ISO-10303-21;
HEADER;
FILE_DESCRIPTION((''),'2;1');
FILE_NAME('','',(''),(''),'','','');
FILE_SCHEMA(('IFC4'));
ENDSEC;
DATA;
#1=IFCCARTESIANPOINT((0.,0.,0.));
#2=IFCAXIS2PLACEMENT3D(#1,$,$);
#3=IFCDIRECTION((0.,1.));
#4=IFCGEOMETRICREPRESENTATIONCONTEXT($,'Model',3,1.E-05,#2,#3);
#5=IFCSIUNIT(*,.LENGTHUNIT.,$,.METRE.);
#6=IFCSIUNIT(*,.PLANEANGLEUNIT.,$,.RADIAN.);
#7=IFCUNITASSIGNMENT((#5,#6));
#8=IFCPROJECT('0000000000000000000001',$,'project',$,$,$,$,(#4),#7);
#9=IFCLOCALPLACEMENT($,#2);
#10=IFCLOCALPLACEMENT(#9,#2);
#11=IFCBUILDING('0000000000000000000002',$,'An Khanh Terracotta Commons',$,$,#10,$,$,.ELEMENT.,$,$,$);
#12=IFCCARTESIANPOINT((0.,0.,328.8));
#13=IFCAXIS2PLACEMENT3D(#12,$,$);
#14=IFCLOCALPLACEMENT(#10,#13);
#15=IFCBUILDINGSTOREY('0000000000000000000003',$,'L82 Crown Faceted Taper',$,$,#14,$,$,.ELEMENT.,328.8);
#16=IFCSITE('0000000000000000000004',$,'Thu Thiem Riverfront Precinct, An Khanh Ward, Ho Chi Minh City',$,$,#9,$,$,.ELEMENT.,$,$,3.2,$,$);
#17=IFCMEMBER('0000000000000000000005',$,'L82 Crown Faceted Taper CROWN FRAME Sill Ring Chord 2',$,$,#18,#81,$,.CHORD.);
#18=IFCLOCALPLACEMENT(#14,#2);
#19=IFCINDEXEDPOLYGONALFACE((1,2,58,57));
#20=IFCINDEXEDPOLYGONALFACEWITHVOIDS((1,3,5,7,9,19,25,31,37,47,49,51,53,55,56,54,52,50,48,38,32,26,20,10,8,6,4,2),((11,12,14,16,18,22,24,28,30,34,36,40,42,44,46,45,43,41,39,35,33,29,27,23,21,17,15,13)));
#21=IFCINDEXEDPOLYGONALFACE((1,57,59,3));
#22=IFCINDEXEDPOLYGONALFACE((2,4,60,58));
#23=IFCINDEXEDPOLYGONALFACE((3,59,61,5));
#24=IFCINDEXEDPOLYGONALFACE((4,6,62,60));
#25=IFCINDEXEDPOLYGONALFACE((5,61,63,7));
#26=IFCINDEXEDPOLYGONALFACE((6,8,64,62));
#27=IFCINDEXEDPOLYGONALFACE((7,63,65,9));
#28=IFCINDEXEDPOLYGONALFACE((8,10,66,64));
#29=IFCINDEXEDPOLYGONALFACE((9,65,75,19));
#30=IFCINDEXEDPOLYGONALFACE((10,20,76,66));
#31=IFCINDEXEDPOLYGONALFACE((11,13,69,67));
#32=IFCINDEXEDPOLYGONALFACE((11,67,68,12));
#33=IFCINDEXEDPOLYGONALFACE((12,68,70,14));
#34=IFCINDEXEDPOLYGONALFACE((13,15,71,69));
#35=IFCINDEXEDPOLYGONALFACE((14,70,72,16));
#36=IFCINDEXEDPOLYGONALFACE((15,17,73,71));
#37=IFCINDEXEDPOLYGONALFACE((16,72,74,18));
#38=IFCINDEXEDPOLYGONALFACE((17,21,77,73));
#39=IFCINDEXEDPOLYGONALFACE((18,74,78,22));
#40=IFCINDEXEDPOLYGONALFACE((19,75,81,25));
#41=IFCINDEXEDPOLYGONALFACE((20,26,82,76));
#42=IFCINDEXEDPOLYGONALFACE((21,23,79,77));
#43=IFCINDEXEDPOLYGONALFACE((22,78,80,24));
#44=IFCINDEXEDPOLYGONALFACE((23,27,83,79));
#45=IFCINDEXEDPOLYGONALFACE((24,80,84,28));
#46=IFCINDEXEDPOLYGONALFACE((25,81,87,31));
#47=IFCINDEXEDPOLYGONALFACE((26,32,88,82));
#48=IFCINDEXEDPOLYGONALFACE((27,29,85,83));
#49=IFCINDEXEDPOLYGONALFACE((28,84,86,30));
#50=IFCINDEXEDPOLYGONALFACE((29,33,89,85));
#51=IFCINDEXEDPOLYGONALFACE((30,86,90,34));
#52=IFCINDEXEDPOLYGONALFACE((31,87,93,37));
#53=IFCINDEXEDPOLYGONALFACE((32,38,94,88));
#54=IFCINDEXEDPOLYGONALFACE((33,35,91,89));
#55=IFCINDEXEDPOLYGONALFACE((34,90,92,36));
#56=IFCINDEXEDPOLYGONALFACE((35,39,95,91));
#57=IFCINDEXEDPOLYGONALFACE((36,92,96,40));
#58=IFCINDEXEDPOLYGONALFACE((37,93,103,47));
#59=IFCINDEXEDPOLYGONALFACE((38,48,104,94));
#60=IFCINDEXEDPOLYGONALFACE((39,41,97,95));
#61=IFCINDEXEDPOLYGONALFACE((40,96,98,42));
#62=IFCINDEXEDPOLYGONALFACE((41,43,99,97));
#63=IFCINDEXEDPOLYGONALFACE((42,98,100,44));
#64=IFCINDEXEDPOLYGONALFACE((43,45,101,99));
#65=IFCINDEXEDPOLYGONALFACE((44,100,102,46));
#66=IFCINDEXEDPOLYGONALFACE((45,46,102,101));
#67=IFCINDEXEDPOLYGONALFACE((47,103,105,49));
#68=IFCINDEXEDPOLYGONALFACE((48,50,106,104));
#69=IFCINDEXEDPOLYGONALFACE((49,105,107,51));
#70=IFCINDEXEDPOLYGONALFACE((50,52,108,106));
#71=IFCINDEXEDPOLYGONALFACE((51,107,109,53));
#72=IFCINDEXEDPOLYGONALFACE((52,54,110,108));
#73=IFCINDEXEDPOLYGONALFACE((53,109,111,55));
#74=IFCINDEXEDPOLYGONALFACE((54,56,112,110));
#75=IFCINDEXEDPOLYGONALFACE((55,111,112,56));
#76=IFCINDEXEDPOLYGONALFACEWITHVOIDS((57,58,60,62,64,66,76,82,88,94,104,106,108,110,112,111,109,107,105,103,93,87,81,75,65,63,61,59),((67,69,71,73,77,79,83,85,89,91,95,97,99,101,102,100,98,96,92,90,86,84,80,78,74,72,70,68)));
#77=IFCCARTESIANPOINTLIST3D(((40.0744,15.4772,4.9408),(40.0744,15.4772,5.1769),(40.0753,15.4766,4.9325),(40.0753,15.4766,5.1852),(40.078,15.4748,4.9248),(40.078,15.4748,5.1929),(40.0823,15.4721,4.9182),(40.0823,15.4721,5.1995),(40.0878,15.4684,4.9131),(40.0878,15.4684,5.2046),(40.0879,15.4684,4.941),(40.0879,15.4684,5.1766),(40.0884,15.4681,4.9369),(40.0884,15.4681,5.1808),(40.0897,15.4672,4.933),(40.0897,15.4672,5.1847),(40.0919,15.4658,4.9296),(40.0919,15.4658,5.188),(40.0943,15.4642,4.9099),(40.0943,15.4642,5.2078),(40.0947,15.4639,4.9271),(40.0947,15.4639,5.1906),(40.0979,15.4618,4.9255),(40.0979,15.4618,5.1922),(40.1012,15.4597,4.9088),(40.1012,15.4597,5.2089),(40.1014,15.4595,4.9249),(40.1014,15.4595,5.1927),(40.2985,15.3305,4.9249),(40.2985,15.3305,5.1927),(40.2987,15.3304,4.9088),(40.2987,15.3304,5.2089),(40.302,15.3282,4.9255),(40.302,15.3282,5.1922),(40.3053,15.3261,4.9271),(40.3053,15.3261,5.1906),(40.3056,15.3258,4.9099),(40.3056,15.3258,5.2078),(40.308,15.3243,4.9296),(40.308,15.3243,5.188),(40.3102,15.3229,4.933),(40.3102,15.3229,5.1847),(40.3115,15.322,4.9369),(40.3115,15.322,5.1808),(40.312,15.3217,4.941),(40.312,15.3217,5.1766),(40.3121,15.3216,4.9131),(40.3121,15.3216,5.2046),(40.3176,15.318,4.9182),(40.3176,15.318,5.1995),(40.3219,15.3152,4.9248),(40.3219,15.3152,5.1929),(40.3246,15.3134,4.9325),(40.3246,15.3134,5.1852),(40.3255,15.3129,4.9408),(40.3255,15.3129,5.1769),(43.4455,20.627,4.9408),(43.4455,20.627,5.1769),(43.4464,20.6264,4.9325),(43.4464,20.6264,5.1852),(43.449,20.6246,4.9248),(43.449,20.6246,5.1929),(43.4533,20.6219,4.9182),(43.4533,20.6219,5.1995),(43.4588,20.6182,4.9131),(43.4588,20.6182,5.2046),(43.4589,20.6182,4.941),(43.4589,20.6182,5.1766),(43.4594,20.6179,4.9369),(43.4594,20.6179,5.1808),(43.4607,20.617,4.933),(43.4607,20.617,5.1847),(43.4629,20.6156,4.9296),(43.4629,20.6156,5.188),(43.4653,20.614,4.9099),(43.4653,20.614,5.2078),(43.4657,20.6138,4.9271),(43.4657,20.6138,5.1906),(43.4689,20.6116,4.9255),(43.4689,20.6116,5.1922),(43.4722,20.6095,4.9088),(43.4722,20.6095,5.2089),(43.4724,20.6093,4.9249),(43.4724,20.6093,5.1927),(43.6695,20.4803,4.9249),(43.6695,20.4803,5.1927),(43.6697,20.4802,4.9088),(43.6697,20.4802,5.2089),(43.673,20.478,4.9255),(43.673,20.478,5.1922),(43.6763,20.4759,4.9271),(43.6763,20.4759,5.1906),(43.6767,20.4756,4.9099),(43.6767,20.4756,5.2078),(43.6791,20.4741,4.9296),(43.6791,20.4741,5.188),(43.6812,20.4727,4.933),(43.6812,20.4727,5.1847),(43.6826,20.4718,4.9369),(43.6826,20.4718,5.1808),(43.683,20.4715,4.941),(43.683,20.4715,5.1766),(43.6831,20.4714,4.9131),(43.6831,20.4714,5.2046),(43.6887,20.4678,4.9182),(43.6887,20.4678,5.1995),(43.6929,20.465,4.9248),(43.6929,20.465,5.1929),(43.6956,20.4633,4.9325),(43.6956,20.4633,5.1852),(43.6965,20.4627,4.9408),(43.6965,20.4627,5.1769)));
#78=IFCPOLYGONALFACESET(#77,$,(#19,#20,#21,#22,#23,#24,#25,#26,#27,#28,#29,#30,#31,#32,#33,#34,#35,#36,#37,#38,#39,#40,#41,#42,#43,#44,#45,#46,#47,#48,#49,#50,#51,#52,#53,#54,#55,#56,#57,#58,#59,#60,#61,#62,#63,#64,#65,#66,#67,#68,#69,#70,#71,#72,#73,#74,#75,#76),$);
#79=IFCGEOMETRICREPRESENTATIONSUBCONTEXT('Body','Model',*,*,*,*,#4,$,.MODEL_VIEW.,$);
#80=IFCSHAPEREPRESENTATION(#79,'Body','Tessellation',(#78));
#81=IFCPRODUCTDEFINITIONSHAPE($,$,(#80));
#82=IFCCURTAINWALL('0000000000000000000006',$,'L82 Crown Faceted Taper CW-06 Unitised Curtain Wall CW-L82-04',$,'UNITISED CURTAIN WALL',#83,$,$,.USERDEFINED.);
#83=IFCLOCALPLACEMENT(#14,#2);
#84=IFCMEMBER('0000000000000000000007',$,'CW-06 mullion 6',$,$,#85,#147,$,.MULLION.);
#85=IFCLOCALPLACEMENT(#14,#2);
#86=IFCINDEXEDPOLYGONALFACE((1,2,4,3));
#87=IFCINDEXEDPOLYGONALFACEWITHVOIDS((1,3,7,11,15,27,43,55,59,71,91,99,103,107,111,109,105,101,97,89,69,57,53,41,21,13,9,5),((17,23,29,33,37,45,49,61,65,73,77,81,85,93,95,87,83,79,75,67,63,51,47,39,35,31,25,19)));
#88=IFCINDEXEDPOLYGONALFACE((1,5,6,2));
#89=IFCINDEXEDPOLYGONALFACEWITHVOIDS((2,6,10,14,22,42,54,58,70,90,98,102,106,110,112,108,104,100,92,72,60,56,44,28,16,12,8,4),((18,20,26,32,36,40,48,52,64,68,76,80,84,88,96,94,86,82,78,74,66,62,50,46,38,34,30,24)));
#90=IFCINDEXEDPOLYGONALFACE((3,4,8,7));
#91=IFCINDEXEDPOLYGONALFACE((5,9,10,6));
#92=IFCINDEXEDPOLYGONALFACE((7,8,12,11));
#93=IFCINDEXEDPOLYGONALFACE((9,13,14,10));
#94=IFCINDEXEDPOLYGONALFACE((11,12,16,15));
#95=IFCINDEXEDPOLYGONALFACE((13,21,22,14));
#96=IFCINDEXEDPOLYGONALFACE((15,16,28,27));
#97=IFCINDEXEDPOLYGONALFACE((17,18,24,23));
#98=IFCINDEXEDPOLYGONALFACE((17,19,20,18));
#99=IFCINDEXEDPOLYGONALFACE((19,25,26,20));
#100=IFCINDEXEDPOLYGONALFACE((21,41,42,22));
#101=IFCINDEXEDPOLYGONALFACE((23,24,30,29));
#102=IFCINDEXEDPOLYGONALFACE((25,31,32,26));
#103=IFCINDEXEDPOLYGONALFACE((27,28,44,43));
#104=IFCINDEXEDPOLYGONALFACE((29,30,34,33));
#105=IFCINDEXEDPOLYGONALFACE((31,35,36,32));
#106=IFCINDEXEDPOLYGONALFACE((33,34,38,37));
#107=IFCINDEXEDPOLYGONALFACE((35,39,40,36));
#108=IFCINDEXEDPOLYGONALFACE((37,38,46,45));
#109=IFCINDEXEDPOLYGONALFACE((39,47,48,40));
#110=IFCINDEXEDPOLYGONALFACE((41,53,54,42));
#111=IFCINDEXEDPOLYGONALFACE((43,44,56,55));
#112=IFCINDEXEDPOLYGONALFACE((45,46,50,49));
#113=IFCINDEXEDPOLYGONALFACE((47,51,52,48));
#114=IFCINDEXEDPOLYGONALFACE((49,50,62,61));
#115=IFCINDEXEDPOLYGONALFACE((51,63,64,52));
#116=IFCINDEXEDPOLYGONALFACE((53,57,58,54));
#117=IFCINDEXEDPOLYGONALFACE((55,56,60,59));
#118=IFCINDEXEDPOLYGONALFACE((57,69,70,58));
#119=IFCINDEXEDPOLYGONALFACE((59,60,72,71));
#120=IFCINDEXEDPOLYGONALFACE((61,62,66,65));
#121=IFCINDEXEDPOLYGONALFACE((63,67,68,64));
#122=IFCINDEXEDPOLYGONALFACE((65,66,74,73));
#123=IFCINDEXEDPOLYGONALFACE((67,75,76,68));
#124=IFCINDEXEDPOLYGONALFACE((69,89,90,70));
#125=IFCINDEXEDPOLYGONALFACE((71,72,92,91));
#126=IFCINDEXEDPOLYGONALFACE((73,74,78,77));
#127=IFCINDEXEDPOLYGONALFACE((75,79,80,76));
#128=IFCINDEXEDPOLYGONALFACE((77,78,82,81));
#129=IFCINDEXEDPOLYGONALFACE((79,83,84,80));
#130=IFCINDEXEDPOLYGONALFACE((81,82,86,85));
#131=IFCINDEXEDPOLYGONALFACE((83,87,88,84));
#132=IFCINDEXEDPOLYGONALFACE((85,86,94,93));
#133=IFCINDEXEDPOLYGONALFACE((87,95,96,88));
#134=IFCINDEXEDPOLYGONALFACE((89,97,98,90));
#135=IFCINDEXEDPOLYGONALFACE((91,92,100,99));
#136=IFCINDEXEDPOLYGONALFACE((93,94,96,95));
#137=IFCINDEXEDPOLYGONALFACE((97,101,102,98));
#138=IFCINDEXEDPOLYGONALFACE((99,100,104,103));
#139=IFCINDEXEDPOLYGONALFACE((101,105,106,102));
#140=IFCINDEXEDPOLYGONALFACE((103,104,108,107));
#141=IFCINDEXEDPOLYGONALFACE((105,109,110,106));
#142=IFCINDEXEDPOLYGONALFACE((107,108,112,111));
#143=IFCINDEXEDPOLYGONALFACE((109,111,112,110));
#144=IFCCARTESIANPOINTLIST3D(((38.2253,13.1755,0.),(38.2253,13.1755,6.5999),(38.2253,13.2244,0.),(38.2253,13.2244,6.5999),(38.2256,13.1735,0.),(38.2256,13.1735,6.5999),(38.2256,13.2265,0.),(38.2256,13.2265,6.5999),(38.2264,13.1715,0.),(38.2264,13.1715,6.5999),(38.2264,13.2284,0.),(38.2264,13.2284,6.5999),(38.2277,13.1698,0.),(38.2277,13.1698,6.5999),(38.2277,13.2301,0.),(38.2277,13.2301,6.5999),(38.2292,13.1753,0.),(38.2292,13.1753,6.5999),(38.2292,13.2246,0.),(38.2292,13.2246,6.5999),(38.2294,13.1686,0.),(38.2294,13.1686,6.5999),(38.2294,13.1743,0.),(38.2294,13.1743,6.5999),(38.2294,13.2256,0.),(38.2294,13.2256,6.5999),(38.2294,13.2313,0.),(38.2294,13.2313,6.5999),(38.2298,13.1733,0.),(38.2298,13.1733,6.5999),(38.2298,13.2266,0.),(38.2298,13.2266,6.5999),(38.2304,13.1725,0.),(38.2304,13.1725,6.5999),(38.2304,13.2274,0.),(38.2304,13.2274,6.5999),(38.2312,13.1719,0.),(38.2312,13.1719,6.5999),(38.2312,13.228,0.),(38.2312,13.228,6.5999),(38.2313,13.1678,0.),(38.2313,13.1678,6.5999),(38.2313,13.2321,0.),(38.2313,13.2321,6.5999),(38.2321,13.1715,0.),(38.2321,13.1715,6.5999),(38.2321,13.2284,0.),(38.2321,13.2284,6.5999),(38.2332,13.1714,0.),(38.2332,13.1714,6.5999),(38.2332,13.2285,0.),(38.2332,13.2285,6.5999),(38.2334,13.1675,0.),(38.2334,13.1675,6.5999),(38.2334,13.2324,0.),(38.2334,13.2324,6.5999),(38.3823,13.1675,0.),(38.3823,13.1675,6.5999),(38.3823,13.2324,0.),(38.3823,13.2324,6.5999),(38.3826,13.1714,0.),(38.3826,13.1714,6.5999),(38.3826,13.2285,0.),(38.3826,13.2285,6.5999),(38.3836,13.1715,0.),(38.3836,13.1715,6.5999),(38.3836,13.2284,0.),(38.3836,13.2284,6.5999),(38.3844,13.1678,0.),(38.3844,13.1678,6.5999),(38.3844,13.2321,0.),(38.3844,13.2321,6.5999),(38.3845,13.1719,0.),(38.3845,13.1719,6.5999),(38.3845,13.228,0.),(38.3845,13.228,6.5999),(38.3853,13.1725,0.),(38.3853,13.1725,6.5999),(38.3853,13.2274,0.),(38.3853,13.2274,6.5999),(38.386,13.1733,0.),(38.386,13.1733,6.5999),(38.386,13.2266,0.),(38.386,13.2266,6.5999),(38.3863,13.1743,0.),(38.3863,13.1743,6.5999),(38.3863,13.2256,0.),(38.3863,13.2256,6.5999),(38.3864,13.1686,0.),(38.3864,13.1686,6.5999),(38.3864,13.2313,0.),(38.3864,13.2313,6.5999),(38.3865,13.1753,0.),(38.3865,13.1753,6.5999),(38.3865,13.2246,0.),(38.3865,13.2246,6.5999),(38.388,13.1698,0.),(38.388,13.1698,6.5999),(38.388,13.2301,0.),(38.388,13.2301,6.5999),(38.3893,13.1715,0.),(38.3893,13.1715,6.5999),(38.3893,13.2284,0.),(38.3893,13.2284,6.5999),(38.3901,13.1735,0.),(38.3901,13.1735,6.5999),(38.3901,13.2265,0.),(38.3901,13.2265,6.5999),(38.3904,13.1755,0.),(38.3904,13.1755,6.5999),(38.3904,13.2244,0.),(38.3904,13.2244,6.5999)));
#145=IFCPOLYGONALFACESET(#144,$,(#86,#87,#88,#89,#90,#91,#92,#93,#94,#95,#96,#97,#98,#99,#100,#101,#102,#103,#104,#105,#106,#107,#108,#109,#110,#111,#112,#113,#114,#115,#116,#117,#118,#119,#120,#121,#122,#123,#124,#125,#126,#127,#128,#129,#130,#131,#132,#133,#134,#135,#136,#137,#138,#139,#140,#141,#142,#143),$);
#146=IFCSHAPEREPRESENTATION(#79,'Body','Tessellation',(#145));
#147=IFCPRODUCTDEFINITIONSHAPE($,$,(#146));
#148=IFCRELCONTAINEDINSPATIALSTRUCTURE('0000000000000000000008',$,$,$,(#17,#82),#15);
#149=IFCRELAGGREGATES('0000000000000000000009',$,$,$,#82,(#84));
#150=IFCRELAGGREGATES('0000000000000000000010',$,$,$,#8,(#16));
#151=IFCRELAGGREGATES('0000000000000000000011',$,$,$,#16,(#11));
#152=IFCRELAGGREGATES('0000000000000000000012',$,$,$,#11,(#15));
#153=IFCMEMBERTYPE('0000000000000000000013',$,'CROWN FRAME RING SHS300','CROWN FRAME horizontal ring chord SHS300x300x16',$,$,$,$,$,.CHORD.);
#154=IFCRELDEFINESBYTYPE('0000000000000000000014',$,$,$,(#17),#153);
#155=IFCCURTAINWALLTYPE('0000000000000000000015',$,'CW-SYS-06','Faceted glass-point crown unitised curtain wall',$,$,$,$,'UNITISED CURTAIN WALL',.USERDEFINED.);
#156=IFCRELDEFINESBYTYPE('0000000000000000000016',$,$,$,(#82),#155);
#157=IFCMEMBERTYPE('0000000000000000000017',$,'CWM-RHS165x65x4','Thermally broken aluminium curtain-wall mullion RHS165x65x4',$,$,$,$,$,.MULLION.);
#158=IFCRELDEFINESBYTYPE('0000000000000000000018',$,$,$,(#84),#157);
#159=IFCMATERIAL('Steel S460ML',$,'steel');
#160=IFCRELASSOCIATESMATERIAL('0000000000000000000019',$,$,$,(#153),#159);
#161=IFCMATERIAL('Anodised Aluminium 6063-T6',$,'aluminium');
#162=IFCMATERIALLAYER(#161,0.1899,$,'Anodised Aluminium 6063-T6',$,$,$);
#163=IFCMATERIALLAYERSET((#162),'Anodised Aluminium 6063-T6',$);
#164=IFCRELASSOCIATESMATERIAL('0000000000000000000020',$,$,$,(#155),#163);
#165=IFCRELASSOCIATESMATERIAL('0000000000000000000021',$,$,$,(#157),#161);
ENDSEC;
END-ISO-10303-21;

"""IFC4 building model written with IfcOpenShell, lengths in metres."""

from ifc_helpers import new_model, si_unit, direction, frame, origin, origin_2d, place, context, subcontext, project, spatial, hollow_rectangle, extrude, material, layer, layer_set, material_profile, profile_set, type_object, element, aggregate, save


model = new_model("IFC4")

# Units and contexts
model_context = context("Model", 3, precision=1e-05, world=origin(), true_north=direction((0.0, 1.0)))
body_context = subcontext(model_context, "Body", "Model", "MODEL_VIEW")
ifc_project = project(units=[si_unit("LENGTHUNIT", "METRE"), si_unit("PLANEANGLEUNIT", "RADIAN")], contexts=[model_context])

# Site, building, storey
site_placement = place(None, origin())
site = spatial("IfcSite", under=ifc_project, at=site_placement, Name="Thu Thiem Riverfront Precinct, An Khanh Ward, Ho Chi Minh City", CompositionType="ELEMENT", RefElevation=3.2)
building_placement = place(site_placement, origin())
building = spatial("IfcBuilding", under=site, at=building_placement, Name="An Khanh Terracotta Commons", CompositionType="ELEMENT")
storey_placement = place(building_placement, frame((0.0, 0.0, 328.8)))
storey = spatial("IfcBuildingStorey", under=building, at=storey_placement, Name="L82 Crown Faceted Taper", CompositionType="ELEMENT", Elevation=328.8)

# Member
ifc_material_1 = material(Name="Steel S460ML", Category="steel")
ifc_material_profile_1 = material_profile(ifc_material_1, hollow_rectangle(XDim=0.3, YDim=0.3, WallThickness=0.0161, InnerFilletRadius=0.0161, OuterFilletRadius=0.032, at=origin_2d()), Name="SHS300x300x16")
ifc_profile_set_1 = profile_set([ifc_material_profile_1], Name="Steel S460ML")
member_type_1 = type_object("IfcMemberType", Name="CROWN FRAME RING SHS300", Description="CROWN FRAME horizontal ring chord SHS300x300x16", PredefinedType="CHORD", material=ifc_profile_set_1)
member_1_placement = place(storey_placement, frame((40.2, 15.395, 5.0588), z_axis=(0.547687, 0.836683, 0.0), x_axis=(-0.836683, 0.547687, 0.0)))
element("IfcMember", 1, at=member_1_placement, inside=storey, type_object=member_type_1, Name="L82 Crown Faceted Taper CROWN FRAME Sill Ring Chord 2", PredefinedType="CHORD", context=body_context, shape_type="SweptSolid", body=[
    extrude(hollow_rectangle(XDim=0.3, YDim=0.3, WallThickness=0.0161, InnerFilletRadius=0.0161, OuterFilletRadius=0.032, at=origin_2d()), origin(), (0.0, 0.0, 1.0), 6.155),
])

# Curtain wall, member
ifc_material_2 = material(Name="Anodised Aluminium 6063-T6", Category="aluminium")
ifc_layer_1 = layer(ifc_material_2, 0.1899, Name="Anodised Aluminium 6063-T6")
ifc_layer_set_1 = layer_set([ifc_layer_1], Name="Anodised Aluminium 6063-T6")
curtain_wall_type = type_object("IfcCurtainWallType", Name="CW-SYS-06", Description="Faceted glass-point crown unitised curtain wall", ElementType="UNITISED CURTAIN WALL", PredefinedType="USERDEFINED", material=ifc_layer_set_1)
curtain_wall_placement = place(storey_placement, origin())
curtain_wall = element("IfcCurtainWall", 2, at=curtain_wall_placement, inside=storey, type_object=curtain_wall_type, Name="L82 Crown Faceted Taper CW-06 Unitised Curtain Wall CW-L82-04", ObjectType="UNITISED CURTAIN WALL", PredefinedType="USERDEFINED")
ifc_material_profile_2 = material_profile(ifc_material_2, hollow_rectangle(XDim=0.0649, YDim=0.165, WallThickness=0.0039, InnerFilletRadius=0.0039, OuterFilletRadius=0.0081, at=origin_2d()), Name="RHS165x65x4")
ifc_profile_set_2 = profile_set([ifc_material_profile_2], Name="Anodised Aluminium 6063-T6")
member_type_2 = type_object("IfcMemberType", Name="CWM-RHS165x65x4", Description="Thermally broken aluminium curtain-wall mullion RHS165x65x4", PredefinedType="MULLION", material=ifc_profile_set_2)
member_2_placement = place(storey_placement, frame((38.3079, 13.2, 0.0), z_axis=(0.0, 0.0, 1.0), x_axis=(0.0, 1.0, 0.0)))
member_2 = element("IfcMember", 3, at=member_2_placement, type_object=member_type_2, Name="CW-06 mullion 6", PredefinedType="MULLION", context=body_context, shape_type="SweptSolid", body=[
    extrude(hollow_rectangle(XDim=0.0649, YDim=0.165, WallThickness=0.0039, InnerFilletRadius=0.0039, OuterFilletRadius=0.0081, at=origin_2d()), origin(), (0.0, 0.0, 1.0), 6.5999),
])

aggregate(curtain_wall, [member_2])

save(model, "model.ifc")
